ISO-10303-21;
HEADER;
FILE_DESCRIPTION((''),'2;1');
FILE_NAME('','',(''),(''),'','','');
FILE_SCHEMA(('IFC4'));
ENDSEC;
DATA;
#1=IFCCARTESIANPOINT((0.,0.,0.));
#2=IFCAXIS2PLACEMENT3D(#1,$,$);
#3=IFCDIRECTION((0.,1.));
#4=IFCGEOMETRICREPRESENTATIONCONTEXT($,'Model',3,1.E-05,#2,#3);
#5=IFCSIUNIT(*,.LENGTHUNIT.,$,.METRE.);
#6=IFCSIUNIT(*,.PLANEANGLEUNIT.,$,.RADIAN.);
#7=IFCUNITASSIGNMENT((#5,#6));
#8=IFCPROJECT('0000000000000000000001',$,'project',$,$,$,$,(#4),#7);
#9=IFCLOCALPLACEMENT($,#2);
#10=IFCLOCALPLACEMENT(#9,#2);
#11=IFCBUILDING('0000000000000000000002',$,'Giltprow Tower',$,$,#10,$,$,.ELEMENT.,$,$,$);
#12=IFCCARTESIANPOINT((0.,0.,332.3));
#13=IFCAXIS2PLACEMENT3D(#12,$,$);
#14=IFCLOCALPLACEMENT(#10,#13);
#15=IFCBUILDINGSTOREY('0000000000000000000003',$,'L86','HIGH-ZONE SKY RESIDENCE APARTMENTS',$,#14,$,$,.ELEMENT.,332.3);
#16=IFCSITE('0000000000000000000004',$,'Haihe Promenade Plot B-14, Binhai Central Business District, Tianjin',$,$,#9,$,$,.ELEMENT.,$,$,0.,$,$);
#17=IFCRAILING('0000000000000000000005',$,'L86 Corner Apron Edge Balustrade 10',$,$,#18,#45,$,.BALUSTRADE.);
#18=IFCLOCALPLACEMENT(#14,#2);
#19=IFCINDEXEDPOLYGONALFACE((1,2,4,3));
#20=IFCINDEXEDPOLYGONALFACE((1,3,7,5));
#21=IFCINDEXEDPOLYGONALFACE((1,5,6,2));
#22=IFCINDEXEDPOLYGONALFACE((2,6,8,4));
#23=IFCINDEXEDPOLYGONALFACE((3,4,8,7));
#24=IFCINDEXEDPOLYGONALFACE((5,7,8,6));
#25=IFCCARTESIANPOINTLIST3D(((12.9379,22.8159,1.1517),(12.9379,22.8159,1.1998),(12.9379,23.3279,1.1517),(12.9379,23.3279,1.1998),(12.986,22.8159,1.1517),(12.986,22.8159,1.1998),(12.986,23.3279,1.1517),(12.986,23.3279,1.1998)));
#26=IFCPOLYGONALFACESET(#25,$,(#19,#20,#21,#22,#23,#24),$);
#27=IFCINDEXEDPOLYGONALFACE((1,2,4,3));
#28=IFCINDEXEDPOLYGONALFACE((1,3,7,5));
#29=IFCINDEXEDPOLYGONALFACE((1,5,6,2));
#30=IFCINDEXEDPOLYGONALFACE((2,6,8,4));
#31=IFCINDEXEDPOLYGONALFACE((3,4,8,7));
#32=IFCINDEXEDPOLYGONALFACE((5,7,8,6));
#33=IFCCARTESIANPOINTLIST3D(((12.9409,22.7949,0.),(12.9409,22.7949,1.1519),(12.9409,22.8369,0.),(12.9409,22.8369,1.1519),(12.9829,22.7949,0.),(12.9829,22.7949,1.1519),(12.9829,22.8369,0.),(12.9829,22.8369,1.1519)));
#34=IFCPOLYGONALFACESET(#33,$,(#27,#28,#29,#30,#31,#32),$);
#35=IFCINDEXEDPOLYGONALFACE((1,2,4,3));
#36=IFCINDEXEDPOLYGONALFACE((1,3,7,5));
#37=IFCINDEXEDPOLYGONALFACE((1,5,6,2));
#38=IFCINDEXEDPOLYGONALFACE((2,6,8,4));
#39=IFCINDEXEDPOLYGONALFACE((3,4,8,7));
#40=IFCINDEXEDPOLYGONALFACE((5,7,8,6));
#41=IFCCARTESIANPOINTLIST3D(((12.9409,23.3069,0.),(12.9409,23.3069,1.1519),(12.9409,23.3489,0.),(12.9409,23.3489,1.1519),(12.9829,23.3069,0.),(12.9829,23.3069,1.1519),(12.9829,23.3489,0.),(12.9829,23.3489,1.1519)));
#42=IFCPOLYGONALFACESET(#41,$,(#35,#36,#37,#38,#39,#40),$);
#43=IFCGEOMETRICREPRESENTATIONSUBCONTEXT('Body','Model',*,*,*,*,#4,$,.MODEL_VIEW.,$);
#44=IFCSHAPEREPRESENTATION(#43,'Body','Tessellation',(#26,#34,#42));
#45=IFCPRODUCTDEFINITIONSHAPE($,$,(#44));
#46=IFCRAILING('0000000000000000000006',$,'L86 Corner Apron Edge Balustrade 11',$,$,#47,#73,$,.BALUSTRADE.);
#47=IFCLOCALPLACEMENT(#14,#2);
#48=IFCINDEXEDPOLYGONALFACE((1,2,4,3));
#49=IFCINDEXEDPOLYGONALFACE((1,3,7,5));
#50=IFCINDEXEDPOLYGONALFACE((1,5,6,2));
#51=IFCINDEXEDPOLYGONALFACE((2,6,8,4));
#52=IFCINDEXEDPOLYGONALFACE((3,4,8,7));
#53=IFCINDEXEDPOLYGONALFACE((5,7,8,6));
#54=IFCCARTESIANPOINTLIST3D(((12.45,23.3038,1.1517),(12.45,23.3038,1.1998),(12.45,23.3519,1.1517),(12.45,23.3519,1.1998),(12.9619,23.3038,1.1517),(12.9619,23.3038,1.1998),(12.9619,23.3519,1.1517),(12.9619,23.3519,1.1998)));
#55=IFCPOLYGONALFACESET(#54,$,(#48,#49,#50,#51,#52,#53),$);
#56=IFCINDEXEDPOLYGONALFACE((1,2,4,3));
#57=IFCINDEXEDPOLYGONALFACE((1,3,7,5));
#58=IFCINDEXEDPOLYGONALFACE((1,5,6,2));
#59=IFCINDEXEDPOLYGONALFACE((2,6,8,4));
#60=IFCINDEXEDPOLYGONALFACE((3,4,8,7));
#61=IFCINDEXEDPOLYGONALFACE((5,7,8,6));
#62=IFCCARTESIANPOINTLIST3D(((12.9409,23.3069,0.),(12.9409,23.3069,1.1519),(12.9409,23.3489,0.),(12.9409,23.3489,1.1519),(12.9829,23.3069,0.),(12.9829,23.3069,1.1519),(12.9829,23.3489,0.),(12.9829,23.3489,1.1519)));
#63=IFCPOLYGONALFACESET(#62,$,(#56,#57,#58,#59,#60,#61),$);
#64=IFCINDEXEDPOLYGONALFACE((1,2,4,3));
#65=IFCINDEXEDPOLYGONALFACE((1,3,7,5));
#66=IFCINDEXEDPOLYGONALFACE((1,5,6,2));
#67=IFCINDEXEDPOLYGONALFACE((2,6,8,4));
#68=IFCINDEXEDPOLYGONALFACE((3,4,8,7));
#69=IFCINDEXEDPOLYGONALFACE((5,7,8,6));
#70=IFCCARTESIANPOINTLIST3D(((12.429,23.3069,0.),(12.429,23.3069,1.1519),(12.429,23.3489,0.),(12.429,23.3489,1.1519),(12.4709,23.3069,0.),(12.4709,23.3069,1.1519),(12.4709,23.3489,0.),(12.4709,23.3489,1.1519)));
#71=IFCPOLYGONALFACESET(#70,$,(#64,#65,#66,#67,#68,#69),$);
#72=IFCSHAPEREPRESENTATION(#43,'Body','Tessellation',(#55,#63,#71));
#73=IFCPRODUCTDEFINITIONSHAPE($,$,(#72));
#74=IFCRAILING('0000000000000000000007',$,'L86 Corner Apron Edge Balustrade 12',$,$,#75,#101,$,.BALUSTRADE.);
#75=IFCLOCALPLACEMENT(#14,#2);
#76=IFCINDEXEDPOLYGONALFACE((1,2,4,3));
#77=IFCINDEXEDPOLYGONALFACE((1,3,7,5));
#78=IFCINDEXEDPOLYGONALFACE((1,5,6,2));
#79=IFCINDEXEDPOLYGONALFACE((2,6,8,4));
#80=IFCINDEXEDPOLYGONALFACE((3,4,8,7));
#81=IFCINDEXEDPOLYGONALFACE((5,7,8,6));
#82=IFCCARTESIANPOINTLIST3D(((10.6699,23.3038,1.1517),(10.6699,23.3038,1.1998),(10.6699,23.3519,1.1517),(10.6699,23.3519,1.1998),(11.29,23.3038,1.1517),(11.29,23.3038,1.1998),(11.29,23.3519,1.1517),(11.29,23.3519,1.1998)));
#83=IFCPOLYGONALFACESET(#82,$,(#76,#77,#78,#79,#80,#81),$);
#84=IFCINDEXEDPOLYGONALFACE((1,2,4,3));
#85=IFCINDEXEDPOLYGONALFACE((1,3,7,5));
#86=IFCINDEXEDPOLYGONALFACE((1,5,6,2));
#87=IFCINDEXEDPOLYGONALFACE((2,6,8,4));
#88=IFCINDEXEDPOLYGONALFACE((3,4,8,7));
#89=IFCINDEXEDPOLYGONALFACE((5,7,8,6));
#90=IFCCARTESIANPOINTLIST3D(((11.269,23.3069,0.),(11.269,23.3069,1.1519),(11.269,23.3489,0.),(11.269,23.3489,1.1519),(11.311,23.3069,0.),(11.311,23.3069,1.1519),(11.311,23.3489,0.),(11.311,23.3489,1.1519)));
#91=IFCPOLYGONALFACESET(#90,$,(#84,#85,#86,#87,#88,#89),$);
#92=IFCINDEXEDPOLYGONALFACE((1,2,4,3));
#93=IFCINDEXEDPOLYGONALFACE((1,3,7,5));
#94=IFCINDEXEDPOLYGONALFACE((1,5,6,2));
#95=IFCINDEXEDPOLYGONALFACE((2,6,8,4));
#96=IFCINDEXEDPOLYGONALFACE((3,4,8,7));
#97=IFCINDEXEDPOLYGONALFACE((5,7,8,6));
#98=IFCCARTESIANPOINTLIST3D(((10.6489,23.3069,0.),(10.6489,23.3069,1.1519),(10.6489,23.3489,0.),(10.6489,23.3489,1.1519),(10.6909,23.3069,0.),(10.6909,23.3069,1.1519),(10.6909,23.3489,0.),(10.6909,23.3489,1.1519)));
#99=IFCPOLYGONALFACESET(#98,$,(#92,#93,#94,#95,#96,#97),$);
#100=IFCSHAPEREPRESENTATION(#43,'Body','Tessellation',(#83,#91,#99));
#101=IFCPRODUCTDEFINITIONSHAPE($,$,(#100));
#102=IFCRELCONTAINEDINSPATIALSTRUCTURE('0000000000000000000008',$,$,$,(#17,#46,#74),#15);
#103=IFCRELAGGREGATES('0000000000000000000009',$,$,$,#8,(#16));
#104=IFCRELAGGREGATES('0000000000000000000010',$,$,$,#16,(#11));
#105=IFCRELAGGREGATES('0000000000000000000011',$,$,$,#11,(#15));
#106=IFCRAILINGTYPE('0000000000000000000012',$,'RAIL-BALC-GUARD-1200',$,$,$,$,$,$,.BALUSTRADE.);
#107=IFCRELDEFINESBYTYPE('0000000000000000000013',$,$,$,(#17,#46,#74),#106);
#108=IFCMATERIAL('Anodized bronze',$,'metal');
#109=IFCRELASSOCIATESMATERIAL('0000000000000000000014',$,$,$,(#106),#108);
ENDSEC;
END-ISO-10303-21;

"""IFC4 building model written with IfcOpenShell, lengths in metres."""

from ifc_helpers import new_model, si_unit, direction, frame, origin, origin_2d, place, context, subcontext, project, spatial, rectangle, extrude, material, type_object, element, save


model = new_model("IFC4")

# Units and contexts
model_context = context("Model", 3, precision=1e-05, world=origin(), true_north=direction((0.0, 1.0)))
body_context = subcontext(model_context, "Body", "Model", "MODEL_VIEW")
ifc_project = project(units=[si_unit("LENGTHUNIT", "METRE"), si_unit("PLANEANGLEUNIT", "RADIAN")], contexts=[model_context])

# Site, building, storey
site_placement = place(None, origin())
site = spatial("IfcSite", under=ifc_project, at=site_placement, Name="Haihe Promenade Plot B-14, Binhai Central Business District, Tianjin", CompositionType="ELEMENT", RefElevation=0.0)
building_placement = place(site_placement, origin())
building = spatial("IfcBuilding", under=site, at=building_placement, Name="Giltprow Tower", CompositionType="ELEMENT")
storey_placement = place(building_placement, frame((0.0, 0.0, 332.3)))
storey = spatial("IfcBuildingStorey", under=building, at=storey_placement, Name="L86", Description="HIGH-ZONE SKY RESIDENCE APARTMENTS", CompositionType="ELEMENT", Elevation=332.3)

# Shared definitions
ifc_material_1 = material(Name="Anodized bronze", Category="metal")

# Railings
railing_type = type_object("IfcRailingType", Name="RAIL-BALC-GUARD-1200", PredefinedType="BALUSTRADE", material=ifc_material_1)
railing_1_placement = place(storey_placement, frame((12.9619, 22.8159, 0.0)))
element("IfcRailing", 1, at=railing_1_placement, inside=storey, type_object=railing_type, Name="L86 Corner Apron Edge Balustrade 10", PredefinedType="BALUSTRADE", context=body_context, shape_type="SweptSolid", body=[
    extrude(rectangle(XDim=0.0481, YDim=0.0481, at=origin_2d()), frame((0.0, 0.0, 1.1758), z_axis=(0.0, 1.0, 0.0), x_axis=(-1.0, 0.0, 0.0)), (0.0, 0.0, 1.0), 0.512),
    extrude(rectangle(XDim=0.042, YDim=0.042, at=origin_2d()), origin(), (0.0, 0.0, 1.0), 1.1519),
    extrude(rectangle(XDim=0.042, YDim=0.042, at=origin_2d()), frame((0.0, 0.512, 0.0)), (0.0, 0.0, 1.0), 1.1519),
])
railing_2_placement = place(storey_placement, frame((12.9619, 23.3279, 0.0)))
element("IfcRailing", 2, at=railing_2_placement, inside=storey, type_object=railing_type, Name="L86 Corner Apron Edge Balustrade 11", PredefinedType="BALUSTRADE", context=body_context, shape_type="SweptSolid", body=[
    extrude(rectangle(XDim=0.0481, YDim=0.0481, at=origin_2d()), frame((0.0, 0.0, 1.1758), z_axis=(-1.0, 0.0, 0.0), x_axis=(0.0, -1.0, 0.0)), (0.0, 0.0, 1.0), 0.512),
    extrude(rectangle(XDim=0.042, YDim=0.042, at=origin_2d()), origin(), (0.0, 0.0, 1.0), 1.1519),
    extrude(rectangle(XDim=0.042, YDim=0.042, at=origin_2d()), frame((-0.512, 0.0, 0.0)), (0.0, 0.0, 1.0), 1.1519),
])
railing_3_placement = place(storey_placement, frame((11.29, 23.3279, 0.0)))
element("IfcRailing", 3, at=railing_3_placement, inside=storey, type_object=railing_type, Name="L86 Corner Apron Edge Balustrade 12", PredefinedType="BALUSTRADE", context=body_context, shape_type="SweptSolid", body=[
    extrude(rectangle(XDim=0.0481, YDim=0.0481, at=origin_2d()), frame((0.0, 0.0, 1.1758), z_axis=(-1.0, 0.0, 0.0), x_axis=(0.0, -1.0, 0.0)), (0.0, 0.0, 1.0), 0.6201),
    extrude(rectangle(XDim=0.042, YDim=0.042, at=origin_2d()), origin(), (0.0, 0.0, 1.0), 1.1519),
    extrude(rectangle(XDim=0.042, YDim=0.042, at=origin_2d()), frame((-0.6201, 0.0, 0.0)), (0.0, 0.0, 1.0), 1.1519),
])

save(model, "model.ifc")
